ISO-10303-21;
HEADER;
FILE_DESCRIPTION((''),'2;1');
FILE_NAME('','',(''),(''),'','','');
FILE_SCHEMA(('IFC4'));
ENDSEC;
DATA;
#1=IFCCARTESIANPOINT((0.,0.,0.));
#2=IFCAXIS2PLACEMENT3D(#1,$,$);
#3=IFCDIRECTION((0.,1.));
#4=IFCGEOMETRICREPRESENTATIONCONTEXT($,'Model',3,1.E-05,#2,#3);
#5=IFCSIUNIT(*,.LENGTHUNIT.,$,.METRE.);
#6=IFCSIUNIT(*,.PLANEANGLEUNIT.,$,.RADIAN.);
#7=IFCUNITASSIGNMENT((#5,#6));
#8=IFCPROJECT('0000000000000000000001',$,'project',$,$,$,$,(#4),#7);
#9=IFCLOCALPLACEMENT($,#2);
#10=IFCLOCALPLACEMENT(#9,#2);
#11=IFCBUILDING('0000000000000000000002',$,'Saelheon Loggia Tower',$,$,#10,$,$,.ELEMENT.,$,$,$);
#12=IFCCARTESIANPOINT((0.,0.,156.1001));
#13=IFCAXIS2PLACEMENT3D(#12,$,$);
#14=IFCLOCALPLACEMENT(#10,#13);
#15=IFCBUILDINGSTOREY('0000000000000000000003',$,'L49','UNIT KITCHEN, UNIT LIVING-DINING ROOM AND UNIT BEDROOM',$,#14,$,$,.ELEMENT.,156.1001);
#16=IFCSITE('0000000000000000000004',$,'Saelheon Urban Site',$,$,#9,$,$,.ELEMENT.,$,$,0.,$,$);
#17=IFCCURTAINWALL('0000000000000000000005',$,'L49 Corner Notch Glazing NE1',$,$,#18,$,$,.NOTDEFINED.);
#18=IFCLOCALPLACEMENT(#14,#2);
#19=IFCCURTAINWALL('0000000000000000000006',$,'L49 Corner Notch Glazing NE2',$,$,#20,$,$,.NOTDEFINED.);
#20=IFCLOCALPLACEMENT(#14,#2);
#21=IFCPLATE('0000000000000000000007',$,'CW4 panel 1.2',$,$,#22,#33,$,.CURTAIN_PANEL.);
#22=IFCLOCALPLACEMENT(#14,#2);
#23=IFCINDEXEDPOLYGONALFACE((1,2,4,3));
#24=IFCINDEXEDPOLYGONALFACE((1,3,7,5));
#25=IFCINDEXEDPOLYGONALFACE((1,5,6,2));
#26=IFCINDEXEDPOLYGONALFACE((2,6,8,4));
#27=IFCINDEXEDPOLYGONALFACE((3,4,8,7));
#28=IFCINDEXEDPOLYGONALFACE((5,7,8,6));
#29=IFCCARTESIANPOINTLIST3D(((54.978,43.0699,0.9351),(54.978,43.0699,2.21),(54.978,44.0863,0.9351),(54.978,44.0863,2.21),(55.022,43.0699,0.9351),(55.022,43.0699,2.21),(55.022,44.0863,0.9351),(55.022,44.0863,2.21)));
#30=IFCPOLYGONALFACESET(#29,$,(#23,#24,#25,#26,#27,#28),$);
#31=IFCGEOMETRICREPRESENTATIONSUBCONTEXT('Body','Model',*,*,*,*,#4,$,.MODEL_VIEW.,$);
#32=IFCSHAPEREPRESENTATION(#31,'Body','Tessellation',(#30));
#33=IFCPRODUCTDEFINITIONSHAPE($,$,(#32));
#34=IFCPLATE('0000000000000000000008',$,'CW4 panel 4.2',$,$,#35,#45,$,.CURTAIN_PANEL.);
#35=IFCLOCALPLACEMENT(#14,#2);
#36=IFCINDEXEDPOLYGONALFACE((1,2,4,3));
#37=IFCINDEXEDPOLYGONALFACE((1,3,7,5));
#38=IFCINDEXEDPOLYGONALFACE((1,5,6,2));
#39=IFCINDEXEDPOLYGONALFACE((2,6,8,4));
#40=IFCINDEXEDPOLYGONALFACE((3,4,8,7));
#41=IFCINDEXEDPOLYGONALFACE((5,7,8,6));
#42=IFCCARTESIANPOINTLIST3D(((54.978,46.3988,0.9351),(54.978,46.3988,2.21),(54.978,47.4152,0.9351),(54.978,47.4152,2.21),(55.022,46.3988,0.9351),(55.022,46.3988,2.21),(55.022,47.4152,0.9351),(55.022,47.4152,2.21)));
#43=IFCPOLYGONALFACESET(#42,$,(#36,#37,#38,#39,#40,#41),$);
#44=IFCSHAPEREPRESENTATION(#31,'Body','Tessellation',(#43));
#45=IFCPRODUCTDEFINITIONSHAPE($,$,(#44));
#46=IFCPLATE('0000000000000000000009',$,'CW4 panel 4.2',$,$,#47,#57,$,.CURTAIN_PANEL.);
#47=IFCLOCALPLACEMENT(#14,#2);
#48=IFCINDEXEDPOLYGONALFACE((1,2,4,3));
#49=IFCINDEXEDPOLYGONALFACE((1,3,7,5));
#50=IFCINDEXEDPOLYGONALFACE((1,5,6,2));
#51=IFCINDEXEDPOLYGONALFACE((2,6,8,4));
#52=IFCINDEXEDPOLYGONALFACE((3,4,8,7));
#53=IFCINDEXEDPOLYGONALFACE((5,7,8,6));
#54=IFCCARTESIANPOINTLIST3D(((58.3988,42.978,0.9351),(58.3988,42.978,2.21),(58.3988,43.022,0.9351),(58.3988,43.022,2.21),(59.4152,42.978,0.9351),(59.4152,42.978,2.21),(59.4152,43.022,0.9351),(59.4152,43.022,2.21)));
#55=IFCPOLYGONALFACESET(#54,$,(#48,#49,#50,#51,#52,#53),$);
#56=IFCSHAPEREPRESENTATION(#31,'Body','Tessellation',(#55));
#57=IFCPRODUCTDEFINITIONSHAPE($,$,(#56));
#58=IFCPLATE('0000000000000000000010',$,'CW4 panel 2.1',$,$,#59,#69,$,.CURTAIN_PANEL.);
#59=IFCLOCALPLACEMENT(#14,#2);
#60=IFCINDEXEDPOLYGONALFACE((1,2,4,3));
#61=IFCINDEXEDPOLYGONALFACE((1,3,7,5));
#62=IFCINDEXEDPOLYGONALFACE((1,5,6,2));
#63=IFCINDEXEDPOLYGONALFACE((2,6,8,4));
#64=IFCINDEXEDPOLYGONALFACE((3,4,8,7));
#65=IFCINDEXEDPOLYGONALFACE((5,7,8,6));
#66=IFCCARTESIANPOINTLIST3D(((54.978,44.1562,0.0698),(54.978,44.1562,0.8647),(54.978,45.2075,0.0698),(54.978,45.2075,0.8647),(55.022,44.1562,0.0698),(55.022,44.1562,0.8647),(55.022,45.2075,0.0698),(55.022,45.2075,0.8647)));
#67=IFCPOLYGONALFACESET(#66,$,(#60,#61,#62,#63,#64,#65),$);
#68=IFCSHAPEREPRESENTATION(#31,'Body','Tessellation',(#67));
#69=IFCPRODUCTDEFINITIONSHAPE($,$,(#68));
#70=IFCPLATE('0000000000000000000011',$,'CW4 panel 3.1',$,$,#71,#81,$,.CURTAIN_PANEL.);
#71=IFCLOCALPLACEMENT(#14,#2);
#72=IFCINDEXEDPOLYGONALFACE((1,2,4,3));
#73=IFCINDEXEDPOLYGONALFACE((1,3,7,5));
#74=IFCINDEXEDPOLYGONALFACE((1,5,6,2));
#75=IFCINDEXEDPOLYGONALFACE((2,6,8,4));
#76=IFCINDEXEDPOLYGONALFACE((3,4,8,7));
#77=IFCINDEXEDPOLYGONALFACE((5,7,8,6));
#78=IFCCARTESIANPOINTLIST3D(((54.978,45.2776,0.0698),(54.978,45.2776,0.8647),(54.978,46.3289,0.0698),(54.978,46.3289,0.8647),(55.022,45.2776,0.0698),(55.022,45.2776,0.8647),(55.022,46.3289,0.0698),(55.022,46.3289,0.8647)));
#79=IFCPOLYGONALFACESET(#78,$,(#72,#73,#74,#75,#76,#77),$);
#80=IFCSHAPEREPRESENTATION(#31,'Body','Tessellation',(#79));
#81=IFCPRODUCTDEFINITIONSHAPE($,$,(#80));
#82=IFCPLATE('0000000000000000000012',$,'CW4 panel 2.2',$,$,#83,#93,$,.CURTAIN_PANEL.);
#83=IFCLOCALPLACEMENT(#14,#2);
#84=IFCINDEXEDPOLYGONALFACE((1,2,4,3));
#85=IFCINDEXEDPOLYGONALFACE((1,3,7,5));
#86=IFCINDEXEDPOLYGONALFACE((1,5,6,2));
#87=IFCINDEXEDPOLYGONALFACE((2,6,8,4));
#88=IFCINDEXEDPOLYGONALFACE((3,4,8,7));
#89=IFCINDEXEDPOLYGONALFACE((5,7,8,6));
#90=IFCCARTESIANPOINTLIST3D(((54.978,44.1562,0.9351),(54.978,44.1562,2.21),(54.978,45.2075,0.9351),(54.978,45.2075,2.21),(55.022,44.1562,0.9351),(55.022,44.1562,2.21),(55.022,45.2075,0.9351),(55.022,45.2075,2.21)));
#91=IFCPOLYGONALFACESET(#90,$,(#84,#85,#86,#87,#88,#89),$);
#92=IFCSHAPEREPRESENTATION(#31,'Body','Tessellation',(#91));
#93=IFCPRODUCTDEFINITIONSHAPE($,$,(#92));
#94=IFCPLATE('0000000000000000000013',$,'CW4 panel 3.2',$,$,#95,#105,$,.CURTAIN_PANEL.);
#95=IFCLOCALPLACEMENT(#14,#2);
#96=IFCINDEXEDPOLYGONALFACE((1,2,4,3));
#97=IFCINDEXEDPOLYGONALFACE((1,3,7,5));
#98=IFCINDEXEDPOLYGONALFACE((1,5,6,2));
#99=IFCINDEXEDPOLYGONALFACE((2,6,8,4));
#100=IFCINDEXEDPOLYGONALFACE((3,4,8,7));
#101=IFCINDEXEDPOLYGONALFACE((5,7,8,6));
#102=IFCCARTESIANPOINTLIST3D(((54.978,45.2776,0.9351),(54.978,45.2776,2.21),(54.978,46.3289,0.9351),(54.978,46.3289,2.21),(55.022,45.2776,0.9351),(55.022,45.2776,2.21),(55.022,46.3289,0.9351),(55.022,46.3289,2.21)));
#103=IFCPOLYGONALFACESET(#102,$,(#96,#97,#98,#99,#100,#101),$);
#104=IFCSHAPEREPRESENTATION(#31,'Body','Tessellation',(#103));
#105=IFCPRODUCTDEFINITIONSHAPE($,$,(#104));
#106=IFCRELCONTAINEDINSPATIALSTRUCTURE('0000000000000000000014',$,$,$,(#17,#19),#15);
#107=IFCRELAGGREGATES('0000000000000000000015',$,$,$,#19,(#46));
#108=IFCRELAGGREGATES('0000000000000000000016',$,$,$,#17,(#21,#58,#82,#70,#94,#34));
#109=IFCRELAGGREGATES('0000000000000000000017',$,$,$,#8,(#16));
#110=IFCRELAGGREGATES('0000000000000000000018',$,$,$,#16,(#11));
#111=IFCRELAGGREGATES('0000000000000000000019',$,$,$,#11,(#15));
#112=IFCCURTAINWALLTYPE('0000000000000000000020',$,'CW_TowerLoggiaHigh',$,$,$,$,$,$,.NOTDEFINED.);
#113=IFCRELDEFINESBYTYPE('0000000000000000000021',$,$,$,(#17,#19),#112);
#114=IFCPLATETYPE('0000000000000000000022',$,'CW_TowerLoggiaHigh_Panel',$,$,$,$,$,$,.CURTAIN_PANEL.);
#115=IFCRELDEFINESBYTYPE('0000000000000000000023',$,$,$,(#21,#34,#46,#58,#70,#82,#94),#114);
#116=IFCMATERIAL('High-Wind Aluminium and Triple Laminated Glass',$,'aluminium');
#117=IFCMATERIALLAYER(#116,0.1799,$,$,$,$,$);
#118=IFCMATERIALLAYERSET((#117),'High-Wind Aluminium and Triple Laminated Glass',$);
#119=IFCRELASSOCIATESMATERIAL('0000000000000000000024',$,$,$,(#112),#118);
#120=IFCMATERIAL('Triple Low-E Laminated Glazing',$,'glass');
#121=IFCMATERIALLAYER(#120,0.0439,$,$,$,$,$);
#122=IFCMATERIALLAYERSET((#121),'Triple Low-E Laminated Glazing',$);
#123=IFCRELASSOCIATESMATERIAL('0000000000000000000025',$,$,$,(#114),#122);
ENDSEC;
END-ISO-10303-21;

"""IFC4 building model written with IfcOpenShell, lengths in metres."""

from ifc_helpers import new_model, si_unit, direction, frame, origin, origin_2d, place, context, subcontext, project, spatial, rectangle, extrude, source, transform, mapped, material, layer, layer_set, type_object, element, aggregate, save


model = new_model("IFC4")

# Units and contexts
model_context = context("Model", 3, precision=1e-05, world=origin(), true_north=direction((0.0, 1.0)))
body_context = subcontext(model_context, "Body", "Model", "MODEL_VIEW")
ifc_project = project(units=[si_unit("LENGTHUNIT", "METRE"), si_unit("PLANEANGLEUNIT", "RADIAN")], contexts=[model_context])

# Site, building, storey
site_placement = place(None, origin())
site = spatial("IfcSite", under=ifc_project, at=site_placement, Name="Saelheon Urban Site", CompositionType="ELEMENT", RefElevation=0.0)
building_placement = place(site_placement, origin())
building = spatial("IfcBuilding", under=site, at=building_placement, Name="Saelheon Loggia Tower", CompositionType="ELEMENT")
storey_placement = place(building_placement, frame((0.0, 0.0, 156.1001)))
storey = spatial("IfcBuildingStorey", under=building, at=storey_placement, Name="L49", Description="UNIT KITCHEN, UNIT LIVING-DINING ROOM AND UNIT BEDROOM", CompositionType="ELEMENT", Elevation=156.1001)

# Curtain wall
ifc_material_1 = material(Name="High-Wind Aluminium and Triple Laminated Glass", Category="aluminium")
ifc_layer_1 = layer(ifc_material_1, 0.1799)
ifc_layer_set_1 = layer_set([ifc_layer_1], Name="High-Wind Aluminium and Triple Laminated Glass")
curtain_wall_type = type_object("IfcCurtainWallType", Name="CW_TowerLoggiaHigh", PredefinedType="NOTDEFINED", material=ifc_layer_set_1)
curtain_wall_1_placement = place(storey_placement, origin())
curtain_wall_1 = element("IfcCurtainWall", 1, at=curtain_wall_1_placement, inside=storey, type_object=curtain_wall_type, Name="L49 Corner Notch Glazing NE1", PredefinedType="NOTDEFINED")

# Curtain wall
curtain_wall_2_placement = place(storey_placement, origin())
curtain_wall_2 = element("IfcCurtainWall", 2, at=curtain_wall_2_placement, inside=storey, type_object=curtain_wall_type, Name="L49 Corner Notch Glazing NE2", PredefinedType="NOTDEFINED")

# Plates
ifc_material_2 = material(Name="Triple Low-E Laminated Glazing", Category="glass")
ifc_layer_2 = layer(ifc_material_2, 0.0439)
ifc_layer_set_2 = layer_set([ifc_layer_2], Name="Triple Low-E Laminated Glazing")
plate_type = type_object("IfcPlateType", Name="CW_TowerLoggiaHigh_Panel", PredefinedType="CURTAIN_PANEL", material=ifc_layer_set_2)
shared_shape_1 = source(origin(), body_context, "Body", "SweptSolid", [
    extrude(rectangle(XDim=1.0164, YDim=0.0439, at=origin_2d()), origin(), (0.0, 0.0, 1.0), 1.2749),
])
plate_1_placement = place(storey_placement, frame((55.0, 43.5781, 0.9351), z_axis=(0.0, 0.0, 1.0), x_axis=(0.0, 1.0, 0.0)))
plate_1 = element("IfcPlate", 3, at=plate_1_placement, type_object=plate_type, Name="CW4 panel 1.2", PredefinedType="CURTAIN_PANEL", context=body_context, shape_type="MappedRepresentation", body=[
    mapped(shared_shape_1, transform((0.0, 0.0, 0.0), scale=1.0)),
])
plate_2_placement = place(storey_placement, frame((55.0, 46.907, 0.9351), z_axis=(0.0, 0.0, 1.0), x_axis=(0.0, 1.0, 0.0)))
plate_2 = element("IfcPlate", 4, at=plate_2_placement, type_object=plate_type, Name="CW4 panel 4.2", PredefinedType="CURTAIN_PANEL", context=body_context, shape_type="MappedRepresentation", body=[
    mapped(shared_shape_1, transform((0.0, 0.0, 0.0), scale=1.0)),
])
plate_3_placement = place(storey_placement, frame((58.907, 43.0, 0.9351), z_axis=(0.0, 0.0, 1.0), x_axis=(1.0, 0.0, 0.0)))
plate_3 = element("IfcPlate", 5, at=plate_3_placement, type_object=plate_type, Name="CW4 panel 4.2", PredefinedType="CURTAIN_PANEL", context=body_context, shape_type="MappedRepresentation", body=[
    mapped(shared_shape_1, transform((0.0, 0.0, 0.0), scale=1.0)),
])
aggregate(curtain_wall_2, [plate_3])
shared_shape_2 = source(origin(), body_context, "Body", "SweptSolid", [
    extrude(rectangle(XDim=1.0513, YDim=0.0439, at=origin_2d()), origin(), (0.0, 0.0, 1.0), 0.7949),
])
plate_4_placement = place(storey_placement, frame((55.0, 44.6819, 0.0698), z_axis=(0.0, 0.0, 1.0), x_axis=(0.0, 1.0, 0.0)))
plate_4 = element("IfcPlate", 6, at=plate_4_placement, type_object=plate_type, Name="CW4 panel 2.1", PredefinedType="CURTAIN_PANEL", context=body_context, shape_type="MappedRepresentation", body=[
    mapped(shared_shape_2, transform((0.0, 0.0, 0.0), scale=1.0)),
])
plate_5_placement = place(storey_placement, frame((55.0, 45.8032, 0.0698), z_axis=(0.0, 0.0, 1.0), x_axis=(0.0, 1.0, 0.0)))
plate_5 = element("IfcPlate", 7, at=plate_5_placement, type_object=plate_type, Name="CW4 panel 3.1", PredefinedType="CURTAIN_PANEL", context=body_context, shape_type="MappedRepresentation", body=[
    mapped(shared_shape_2, transform((0.0, 0.0, 0.0), scale=1.0)),
])
shared_shape_3 = source(origin(), body_context, "Body", "SweptSolid", [
    extrude(rectangle(XDim=1.0513, YDim=0.0439, at=origin_2d()), origin(), (0.0, 0.0, 1.0), 1.2749),
])
plate_6_placement = place(storey_placement, frame((55.0, 44.6819, 0.9351), z_axis=(0.0, 0.0, 1.0), x_axis=(0.0, 1.0, 0.0)))
plate_6 = element("IfcPlate", 8, at=plate_6_placement, type_object=plate_type, Name="CW4 panel 2.2", PredefinedType="CURTAIN_PANEL", context=body_context, shape_type="MappedRepresentation", body=[
    mapped(shared_shape_3, transform((0.0, 0.0, 0.0), scale=1.0)),
])
plate_7_placement = place(storey_placement, frame((55.0, 45.8032, 0.9351), z_axis=(0.0, 0.0, 1.0), x_axis=(0.0, 1.0, 0.0)))
plate_7 = element("IfcPlate", 9, at=plate_7_placement, type_object=plate_type, Name="CW4 panel 3.2", PredefinedType="CURTAIN_PANEL", context=body_context, shape_type="MappedRepresentation", body=[
    mapped(shared_shape_3, transform((0.0, 0.0, 0.0), scale=1.0)),
])
aggregate(curtain_wall_1, [plate_1, plate_4, plate_6, plate_5, plate_7, plate_2])

save(model, "model.ifc")
